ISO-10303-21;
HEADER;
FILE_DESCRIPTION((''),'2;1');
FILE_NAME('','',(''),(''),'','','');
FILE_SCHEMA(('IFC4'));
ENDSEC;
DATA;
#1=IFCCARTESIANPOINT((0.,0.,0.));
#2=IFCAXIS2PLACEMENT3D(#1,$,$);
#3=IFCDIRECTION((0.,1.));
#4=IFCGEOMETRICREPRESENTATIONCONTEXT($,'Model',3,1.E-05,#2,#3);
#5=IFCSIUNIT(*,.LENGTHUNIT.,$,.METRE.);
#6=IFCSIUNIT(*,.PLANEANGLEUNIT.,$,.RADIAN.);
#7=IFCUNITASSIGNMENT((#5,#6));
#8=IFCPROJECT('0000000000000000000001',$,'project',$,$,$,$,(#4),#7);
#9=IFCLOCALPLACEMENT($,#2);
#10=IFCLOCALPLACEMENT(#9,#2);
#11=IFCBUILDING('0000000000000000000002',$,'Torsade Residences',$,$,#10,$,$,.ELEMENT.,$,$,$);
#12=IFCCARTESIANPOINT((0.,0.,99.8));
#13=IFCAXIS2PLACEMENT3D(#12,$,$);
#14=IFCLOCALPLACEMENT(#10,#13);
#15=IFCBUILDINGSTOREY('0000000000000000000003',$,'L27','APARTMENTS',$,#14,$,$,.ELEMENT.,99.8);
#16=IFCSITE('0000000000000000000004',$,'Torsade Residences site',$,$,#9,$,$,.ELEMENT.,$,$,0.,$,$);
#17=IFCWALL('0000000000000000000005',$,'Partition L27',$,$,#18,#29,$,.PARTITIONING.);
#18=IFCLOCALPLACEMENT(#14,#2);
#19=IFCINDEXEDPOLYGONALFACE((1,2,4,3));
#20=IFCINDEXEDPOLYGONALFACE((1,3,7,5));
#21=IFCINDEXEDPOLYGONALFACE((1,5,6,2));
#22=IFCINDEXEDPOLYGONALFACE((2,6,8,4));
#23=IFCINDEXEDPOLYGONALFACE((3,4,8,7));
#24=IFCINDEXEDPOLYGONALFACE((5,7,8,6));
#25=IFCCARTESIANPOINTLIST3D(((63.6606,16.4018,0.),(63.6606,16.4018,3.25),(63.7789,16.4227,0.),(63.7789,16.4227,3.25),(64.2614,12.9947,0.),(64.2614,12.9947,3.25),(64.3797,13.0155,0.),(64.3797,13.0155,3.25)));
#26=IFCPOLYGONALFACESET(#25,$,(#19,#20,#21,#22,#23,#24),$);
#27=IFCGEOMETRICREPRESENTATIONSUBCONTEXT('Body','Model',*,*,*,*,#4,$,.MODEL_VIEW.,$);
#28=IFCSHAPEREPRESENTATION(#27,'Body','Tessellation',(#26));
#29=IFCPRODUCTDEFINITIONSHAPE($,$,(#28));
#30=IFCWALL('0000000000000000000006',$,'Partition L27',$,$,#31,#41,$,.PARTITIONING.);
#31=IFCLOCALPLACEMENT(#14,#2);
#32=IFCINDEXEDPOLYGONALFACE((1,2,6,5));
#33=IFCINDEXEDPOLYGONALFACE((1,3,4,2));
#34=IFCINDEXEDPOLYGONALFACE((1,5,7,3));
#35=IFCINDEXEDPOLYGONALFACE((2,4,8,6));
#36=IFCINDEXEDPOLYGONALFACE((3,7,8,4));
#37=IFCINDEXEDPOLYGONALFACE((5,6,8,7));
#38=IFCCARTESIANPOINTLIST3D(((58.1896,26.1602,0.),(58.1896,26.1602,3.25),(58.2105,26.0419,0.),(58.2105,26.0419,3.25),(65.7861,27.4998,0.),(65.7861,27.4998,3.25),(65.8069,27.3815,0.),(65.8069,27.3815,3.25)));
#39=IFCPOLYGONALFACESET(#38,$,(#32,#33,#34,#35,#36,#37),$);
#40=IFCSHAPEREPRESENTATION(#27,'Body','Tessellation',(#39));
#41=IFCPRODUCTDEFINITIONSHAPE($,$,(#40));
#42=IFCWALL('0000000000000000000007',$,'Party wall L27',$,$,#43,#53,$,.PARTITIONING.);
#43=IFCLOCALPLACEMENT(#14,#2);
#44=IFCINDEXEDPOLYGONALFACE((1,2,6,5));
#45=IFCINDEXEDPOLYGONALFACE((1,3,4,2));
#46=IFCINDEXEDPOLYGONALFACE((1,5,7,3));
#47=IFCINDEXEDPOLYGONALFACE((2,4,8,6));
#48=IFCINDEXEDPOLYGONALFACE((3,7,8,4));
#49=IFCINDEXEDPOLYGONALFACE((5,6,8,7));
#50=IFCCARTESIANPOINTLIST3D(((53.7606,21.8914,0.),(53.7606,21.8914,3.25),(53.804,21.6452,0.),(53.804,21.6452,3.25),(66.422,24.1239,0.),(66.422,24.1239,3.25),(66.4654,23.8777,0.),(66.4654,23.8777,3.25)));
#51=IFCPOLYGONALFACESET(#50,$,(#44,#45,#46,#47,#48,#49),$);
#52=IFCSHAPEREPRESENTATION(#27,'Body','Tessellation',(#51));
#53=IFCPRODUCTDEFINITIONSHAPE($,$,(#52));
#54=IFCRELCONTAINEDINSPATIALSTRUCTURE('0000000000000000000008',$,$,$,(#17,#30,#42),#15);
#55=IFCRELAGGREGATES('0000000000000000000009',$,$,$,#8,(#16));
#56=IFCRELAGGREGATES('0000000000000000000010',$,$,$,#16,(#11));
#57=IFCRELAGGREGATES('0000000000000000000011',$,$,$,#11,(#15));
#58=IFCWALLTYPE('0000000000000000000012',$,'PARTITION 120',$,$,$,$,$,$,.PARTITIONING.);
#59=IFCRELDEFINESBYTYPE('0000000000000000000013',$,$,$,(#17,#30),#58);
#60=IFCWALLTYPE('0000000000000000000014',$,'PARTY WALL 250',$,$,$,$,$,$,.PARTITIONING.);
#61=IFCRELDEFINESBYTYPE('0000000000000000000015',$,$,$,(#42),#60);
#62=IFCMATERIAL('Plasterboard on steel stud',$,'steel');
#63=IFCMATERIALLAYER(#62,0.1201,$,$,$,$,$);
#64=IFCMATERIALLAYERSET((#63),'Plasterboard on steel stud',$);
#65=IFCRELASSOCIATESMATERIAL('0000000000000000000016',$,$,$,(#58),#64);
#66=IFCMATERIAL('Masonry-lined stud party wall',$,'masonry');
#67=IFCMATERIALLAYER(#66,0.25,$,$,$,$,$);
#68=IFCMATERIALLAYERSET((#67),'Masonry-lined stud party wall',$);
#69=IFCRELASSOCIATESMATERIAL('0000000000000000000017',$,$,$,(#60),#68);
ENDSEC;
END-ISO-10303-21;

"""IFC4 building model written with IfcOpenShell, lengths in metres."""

from ifc_helpers import new_model, si_unit, direction, frame, frame_2d, origin, place, context, subcontext, project, spatial, rectangle, extrude, material, layer, layer_set, type_object, element, save


model = new_model("IFC4")

# Units and contexts
model_context = context("Model", 3, precision=1e-05, world=origin(), true_north=direction((0.0, 1.0)))
body_context = subcontext(model_context, "Body", "Model", "MODEL_VIEW")
ifc_project = project(units=[si_unit("LENGTHUNIT", "METRE"), si_unit("PLANEANGLEUNIT", "RADIAN")], contexts=[model_context])

# Site, building, storey
site_placement = place(None, origin())
site = spatial("IfcSite", under=ifc_project, at=site_placement, Name="Torsade Residences site", CompositionType="ELEMENT", RefElevation=0.0)
building_placement = place(site_placement, origin())
building = spatial("IfcBuilding", under=site, at=building_placement, Name="Torsade Residences", CompositionType="ELEMENT")
storey_placement = place(building_placement, frame((0.0, 0.0, 99.8)))
storey = spatial("IfcBuildingStorey", under=building, at=storey_placement, Name="L27", Description="APARTMENTS", CompositionType="ELEMENT", Elevation=99.8)

# Shared definitions
ifc_material_1 = material(Name="Plasterboard on steel stud", Category="steel")
ifc_layer_1 = layer(ifc_material_1, 0.1201)
ifc_layer_set_1 = layer_set([ifc_layer_1], Name="Plasterboard on steel stud")
wall_type_1 = type_object("IfcWallType", Name="PARTITION 120", PredefinedType="PARTITIONING", material=ifc_layer_set_1)

# Walls
wall_1_placement = place(storey_placement, frame((63.7197, 16.4124, 0.0), z_axis=(0.0, 0.0, 1.0), x_axis=(0.173661, -0.984806, 0.0)))
element("IfcWall", 1, at=wall_1_placement, inside=storey, type_object=wall_type_1, Name="Partition L27", PredefinedType="PARTITIONING", context=body_context, shape_type="SweptSolid", body=[
    extrude(rectangle(XDim=3.4597, YDim=0.1201, at=frame_2d((1.73, 0.0))), origin(), (0.0, 0.0, 1.0), 3.25),
])
wall_2_placement = place(storey_placement, frame((58.2, 26.1011, 0.0), z_axis=(0.0, 0.0, 1.0), x_axis=(0.984805, 0.173666, 0.0)))
element("IfcWall", 2, at=wall_2_placement, inside=storey, type_object=wall_type_1, Name="Partition L27", PredefinedType="PARTITIONING", context=body_context, shape_type="SweptSolid", body=[
    extrude(rectangle(XDim=7.7136, YDim=0.1201, at=frame_2d((3.8569, 0.0))), origin(), (0.0, 0.0, 1.0), 3.25),
])
ifc_material_2 = material(Name="Masonry-lined stud party wall", Category="masonry")
ifc_layer_2 = layer(ifc_material_2, 0.25)
ifc_layer_set_2 = layer_set([ifc_layer_2], Name="Masonry-lined stud party wall")
wall_type_2 = type_object("IfcWallType", Name="PARTY WALL 250", PredefinedType="PARTITIONING", material=ifc_layer_set_2)
wall_3_placement = place(storey_placement, frame((66.4436, 24.0007, 0.0), z_axis=(0.0, 0.0, 1.0), x_axis=(-0.984809, -0.173639, 0.0)))
element("IfcWall", 3, at=wall_3_placement, inside=storey, type_object=wall_type_2, Name="Party wall L27", PredefinedType="PARTITIONING", context=body_context, shape_type="SweptSolid", body=[
    extrude(rectangle(XDim=12.8567, YDim=0.25, at=frame_2d((6.4282, 0.0))), origin(), (0.0, 0.0, 1.0), 3.25),
])

save(model, "model.ifc")
